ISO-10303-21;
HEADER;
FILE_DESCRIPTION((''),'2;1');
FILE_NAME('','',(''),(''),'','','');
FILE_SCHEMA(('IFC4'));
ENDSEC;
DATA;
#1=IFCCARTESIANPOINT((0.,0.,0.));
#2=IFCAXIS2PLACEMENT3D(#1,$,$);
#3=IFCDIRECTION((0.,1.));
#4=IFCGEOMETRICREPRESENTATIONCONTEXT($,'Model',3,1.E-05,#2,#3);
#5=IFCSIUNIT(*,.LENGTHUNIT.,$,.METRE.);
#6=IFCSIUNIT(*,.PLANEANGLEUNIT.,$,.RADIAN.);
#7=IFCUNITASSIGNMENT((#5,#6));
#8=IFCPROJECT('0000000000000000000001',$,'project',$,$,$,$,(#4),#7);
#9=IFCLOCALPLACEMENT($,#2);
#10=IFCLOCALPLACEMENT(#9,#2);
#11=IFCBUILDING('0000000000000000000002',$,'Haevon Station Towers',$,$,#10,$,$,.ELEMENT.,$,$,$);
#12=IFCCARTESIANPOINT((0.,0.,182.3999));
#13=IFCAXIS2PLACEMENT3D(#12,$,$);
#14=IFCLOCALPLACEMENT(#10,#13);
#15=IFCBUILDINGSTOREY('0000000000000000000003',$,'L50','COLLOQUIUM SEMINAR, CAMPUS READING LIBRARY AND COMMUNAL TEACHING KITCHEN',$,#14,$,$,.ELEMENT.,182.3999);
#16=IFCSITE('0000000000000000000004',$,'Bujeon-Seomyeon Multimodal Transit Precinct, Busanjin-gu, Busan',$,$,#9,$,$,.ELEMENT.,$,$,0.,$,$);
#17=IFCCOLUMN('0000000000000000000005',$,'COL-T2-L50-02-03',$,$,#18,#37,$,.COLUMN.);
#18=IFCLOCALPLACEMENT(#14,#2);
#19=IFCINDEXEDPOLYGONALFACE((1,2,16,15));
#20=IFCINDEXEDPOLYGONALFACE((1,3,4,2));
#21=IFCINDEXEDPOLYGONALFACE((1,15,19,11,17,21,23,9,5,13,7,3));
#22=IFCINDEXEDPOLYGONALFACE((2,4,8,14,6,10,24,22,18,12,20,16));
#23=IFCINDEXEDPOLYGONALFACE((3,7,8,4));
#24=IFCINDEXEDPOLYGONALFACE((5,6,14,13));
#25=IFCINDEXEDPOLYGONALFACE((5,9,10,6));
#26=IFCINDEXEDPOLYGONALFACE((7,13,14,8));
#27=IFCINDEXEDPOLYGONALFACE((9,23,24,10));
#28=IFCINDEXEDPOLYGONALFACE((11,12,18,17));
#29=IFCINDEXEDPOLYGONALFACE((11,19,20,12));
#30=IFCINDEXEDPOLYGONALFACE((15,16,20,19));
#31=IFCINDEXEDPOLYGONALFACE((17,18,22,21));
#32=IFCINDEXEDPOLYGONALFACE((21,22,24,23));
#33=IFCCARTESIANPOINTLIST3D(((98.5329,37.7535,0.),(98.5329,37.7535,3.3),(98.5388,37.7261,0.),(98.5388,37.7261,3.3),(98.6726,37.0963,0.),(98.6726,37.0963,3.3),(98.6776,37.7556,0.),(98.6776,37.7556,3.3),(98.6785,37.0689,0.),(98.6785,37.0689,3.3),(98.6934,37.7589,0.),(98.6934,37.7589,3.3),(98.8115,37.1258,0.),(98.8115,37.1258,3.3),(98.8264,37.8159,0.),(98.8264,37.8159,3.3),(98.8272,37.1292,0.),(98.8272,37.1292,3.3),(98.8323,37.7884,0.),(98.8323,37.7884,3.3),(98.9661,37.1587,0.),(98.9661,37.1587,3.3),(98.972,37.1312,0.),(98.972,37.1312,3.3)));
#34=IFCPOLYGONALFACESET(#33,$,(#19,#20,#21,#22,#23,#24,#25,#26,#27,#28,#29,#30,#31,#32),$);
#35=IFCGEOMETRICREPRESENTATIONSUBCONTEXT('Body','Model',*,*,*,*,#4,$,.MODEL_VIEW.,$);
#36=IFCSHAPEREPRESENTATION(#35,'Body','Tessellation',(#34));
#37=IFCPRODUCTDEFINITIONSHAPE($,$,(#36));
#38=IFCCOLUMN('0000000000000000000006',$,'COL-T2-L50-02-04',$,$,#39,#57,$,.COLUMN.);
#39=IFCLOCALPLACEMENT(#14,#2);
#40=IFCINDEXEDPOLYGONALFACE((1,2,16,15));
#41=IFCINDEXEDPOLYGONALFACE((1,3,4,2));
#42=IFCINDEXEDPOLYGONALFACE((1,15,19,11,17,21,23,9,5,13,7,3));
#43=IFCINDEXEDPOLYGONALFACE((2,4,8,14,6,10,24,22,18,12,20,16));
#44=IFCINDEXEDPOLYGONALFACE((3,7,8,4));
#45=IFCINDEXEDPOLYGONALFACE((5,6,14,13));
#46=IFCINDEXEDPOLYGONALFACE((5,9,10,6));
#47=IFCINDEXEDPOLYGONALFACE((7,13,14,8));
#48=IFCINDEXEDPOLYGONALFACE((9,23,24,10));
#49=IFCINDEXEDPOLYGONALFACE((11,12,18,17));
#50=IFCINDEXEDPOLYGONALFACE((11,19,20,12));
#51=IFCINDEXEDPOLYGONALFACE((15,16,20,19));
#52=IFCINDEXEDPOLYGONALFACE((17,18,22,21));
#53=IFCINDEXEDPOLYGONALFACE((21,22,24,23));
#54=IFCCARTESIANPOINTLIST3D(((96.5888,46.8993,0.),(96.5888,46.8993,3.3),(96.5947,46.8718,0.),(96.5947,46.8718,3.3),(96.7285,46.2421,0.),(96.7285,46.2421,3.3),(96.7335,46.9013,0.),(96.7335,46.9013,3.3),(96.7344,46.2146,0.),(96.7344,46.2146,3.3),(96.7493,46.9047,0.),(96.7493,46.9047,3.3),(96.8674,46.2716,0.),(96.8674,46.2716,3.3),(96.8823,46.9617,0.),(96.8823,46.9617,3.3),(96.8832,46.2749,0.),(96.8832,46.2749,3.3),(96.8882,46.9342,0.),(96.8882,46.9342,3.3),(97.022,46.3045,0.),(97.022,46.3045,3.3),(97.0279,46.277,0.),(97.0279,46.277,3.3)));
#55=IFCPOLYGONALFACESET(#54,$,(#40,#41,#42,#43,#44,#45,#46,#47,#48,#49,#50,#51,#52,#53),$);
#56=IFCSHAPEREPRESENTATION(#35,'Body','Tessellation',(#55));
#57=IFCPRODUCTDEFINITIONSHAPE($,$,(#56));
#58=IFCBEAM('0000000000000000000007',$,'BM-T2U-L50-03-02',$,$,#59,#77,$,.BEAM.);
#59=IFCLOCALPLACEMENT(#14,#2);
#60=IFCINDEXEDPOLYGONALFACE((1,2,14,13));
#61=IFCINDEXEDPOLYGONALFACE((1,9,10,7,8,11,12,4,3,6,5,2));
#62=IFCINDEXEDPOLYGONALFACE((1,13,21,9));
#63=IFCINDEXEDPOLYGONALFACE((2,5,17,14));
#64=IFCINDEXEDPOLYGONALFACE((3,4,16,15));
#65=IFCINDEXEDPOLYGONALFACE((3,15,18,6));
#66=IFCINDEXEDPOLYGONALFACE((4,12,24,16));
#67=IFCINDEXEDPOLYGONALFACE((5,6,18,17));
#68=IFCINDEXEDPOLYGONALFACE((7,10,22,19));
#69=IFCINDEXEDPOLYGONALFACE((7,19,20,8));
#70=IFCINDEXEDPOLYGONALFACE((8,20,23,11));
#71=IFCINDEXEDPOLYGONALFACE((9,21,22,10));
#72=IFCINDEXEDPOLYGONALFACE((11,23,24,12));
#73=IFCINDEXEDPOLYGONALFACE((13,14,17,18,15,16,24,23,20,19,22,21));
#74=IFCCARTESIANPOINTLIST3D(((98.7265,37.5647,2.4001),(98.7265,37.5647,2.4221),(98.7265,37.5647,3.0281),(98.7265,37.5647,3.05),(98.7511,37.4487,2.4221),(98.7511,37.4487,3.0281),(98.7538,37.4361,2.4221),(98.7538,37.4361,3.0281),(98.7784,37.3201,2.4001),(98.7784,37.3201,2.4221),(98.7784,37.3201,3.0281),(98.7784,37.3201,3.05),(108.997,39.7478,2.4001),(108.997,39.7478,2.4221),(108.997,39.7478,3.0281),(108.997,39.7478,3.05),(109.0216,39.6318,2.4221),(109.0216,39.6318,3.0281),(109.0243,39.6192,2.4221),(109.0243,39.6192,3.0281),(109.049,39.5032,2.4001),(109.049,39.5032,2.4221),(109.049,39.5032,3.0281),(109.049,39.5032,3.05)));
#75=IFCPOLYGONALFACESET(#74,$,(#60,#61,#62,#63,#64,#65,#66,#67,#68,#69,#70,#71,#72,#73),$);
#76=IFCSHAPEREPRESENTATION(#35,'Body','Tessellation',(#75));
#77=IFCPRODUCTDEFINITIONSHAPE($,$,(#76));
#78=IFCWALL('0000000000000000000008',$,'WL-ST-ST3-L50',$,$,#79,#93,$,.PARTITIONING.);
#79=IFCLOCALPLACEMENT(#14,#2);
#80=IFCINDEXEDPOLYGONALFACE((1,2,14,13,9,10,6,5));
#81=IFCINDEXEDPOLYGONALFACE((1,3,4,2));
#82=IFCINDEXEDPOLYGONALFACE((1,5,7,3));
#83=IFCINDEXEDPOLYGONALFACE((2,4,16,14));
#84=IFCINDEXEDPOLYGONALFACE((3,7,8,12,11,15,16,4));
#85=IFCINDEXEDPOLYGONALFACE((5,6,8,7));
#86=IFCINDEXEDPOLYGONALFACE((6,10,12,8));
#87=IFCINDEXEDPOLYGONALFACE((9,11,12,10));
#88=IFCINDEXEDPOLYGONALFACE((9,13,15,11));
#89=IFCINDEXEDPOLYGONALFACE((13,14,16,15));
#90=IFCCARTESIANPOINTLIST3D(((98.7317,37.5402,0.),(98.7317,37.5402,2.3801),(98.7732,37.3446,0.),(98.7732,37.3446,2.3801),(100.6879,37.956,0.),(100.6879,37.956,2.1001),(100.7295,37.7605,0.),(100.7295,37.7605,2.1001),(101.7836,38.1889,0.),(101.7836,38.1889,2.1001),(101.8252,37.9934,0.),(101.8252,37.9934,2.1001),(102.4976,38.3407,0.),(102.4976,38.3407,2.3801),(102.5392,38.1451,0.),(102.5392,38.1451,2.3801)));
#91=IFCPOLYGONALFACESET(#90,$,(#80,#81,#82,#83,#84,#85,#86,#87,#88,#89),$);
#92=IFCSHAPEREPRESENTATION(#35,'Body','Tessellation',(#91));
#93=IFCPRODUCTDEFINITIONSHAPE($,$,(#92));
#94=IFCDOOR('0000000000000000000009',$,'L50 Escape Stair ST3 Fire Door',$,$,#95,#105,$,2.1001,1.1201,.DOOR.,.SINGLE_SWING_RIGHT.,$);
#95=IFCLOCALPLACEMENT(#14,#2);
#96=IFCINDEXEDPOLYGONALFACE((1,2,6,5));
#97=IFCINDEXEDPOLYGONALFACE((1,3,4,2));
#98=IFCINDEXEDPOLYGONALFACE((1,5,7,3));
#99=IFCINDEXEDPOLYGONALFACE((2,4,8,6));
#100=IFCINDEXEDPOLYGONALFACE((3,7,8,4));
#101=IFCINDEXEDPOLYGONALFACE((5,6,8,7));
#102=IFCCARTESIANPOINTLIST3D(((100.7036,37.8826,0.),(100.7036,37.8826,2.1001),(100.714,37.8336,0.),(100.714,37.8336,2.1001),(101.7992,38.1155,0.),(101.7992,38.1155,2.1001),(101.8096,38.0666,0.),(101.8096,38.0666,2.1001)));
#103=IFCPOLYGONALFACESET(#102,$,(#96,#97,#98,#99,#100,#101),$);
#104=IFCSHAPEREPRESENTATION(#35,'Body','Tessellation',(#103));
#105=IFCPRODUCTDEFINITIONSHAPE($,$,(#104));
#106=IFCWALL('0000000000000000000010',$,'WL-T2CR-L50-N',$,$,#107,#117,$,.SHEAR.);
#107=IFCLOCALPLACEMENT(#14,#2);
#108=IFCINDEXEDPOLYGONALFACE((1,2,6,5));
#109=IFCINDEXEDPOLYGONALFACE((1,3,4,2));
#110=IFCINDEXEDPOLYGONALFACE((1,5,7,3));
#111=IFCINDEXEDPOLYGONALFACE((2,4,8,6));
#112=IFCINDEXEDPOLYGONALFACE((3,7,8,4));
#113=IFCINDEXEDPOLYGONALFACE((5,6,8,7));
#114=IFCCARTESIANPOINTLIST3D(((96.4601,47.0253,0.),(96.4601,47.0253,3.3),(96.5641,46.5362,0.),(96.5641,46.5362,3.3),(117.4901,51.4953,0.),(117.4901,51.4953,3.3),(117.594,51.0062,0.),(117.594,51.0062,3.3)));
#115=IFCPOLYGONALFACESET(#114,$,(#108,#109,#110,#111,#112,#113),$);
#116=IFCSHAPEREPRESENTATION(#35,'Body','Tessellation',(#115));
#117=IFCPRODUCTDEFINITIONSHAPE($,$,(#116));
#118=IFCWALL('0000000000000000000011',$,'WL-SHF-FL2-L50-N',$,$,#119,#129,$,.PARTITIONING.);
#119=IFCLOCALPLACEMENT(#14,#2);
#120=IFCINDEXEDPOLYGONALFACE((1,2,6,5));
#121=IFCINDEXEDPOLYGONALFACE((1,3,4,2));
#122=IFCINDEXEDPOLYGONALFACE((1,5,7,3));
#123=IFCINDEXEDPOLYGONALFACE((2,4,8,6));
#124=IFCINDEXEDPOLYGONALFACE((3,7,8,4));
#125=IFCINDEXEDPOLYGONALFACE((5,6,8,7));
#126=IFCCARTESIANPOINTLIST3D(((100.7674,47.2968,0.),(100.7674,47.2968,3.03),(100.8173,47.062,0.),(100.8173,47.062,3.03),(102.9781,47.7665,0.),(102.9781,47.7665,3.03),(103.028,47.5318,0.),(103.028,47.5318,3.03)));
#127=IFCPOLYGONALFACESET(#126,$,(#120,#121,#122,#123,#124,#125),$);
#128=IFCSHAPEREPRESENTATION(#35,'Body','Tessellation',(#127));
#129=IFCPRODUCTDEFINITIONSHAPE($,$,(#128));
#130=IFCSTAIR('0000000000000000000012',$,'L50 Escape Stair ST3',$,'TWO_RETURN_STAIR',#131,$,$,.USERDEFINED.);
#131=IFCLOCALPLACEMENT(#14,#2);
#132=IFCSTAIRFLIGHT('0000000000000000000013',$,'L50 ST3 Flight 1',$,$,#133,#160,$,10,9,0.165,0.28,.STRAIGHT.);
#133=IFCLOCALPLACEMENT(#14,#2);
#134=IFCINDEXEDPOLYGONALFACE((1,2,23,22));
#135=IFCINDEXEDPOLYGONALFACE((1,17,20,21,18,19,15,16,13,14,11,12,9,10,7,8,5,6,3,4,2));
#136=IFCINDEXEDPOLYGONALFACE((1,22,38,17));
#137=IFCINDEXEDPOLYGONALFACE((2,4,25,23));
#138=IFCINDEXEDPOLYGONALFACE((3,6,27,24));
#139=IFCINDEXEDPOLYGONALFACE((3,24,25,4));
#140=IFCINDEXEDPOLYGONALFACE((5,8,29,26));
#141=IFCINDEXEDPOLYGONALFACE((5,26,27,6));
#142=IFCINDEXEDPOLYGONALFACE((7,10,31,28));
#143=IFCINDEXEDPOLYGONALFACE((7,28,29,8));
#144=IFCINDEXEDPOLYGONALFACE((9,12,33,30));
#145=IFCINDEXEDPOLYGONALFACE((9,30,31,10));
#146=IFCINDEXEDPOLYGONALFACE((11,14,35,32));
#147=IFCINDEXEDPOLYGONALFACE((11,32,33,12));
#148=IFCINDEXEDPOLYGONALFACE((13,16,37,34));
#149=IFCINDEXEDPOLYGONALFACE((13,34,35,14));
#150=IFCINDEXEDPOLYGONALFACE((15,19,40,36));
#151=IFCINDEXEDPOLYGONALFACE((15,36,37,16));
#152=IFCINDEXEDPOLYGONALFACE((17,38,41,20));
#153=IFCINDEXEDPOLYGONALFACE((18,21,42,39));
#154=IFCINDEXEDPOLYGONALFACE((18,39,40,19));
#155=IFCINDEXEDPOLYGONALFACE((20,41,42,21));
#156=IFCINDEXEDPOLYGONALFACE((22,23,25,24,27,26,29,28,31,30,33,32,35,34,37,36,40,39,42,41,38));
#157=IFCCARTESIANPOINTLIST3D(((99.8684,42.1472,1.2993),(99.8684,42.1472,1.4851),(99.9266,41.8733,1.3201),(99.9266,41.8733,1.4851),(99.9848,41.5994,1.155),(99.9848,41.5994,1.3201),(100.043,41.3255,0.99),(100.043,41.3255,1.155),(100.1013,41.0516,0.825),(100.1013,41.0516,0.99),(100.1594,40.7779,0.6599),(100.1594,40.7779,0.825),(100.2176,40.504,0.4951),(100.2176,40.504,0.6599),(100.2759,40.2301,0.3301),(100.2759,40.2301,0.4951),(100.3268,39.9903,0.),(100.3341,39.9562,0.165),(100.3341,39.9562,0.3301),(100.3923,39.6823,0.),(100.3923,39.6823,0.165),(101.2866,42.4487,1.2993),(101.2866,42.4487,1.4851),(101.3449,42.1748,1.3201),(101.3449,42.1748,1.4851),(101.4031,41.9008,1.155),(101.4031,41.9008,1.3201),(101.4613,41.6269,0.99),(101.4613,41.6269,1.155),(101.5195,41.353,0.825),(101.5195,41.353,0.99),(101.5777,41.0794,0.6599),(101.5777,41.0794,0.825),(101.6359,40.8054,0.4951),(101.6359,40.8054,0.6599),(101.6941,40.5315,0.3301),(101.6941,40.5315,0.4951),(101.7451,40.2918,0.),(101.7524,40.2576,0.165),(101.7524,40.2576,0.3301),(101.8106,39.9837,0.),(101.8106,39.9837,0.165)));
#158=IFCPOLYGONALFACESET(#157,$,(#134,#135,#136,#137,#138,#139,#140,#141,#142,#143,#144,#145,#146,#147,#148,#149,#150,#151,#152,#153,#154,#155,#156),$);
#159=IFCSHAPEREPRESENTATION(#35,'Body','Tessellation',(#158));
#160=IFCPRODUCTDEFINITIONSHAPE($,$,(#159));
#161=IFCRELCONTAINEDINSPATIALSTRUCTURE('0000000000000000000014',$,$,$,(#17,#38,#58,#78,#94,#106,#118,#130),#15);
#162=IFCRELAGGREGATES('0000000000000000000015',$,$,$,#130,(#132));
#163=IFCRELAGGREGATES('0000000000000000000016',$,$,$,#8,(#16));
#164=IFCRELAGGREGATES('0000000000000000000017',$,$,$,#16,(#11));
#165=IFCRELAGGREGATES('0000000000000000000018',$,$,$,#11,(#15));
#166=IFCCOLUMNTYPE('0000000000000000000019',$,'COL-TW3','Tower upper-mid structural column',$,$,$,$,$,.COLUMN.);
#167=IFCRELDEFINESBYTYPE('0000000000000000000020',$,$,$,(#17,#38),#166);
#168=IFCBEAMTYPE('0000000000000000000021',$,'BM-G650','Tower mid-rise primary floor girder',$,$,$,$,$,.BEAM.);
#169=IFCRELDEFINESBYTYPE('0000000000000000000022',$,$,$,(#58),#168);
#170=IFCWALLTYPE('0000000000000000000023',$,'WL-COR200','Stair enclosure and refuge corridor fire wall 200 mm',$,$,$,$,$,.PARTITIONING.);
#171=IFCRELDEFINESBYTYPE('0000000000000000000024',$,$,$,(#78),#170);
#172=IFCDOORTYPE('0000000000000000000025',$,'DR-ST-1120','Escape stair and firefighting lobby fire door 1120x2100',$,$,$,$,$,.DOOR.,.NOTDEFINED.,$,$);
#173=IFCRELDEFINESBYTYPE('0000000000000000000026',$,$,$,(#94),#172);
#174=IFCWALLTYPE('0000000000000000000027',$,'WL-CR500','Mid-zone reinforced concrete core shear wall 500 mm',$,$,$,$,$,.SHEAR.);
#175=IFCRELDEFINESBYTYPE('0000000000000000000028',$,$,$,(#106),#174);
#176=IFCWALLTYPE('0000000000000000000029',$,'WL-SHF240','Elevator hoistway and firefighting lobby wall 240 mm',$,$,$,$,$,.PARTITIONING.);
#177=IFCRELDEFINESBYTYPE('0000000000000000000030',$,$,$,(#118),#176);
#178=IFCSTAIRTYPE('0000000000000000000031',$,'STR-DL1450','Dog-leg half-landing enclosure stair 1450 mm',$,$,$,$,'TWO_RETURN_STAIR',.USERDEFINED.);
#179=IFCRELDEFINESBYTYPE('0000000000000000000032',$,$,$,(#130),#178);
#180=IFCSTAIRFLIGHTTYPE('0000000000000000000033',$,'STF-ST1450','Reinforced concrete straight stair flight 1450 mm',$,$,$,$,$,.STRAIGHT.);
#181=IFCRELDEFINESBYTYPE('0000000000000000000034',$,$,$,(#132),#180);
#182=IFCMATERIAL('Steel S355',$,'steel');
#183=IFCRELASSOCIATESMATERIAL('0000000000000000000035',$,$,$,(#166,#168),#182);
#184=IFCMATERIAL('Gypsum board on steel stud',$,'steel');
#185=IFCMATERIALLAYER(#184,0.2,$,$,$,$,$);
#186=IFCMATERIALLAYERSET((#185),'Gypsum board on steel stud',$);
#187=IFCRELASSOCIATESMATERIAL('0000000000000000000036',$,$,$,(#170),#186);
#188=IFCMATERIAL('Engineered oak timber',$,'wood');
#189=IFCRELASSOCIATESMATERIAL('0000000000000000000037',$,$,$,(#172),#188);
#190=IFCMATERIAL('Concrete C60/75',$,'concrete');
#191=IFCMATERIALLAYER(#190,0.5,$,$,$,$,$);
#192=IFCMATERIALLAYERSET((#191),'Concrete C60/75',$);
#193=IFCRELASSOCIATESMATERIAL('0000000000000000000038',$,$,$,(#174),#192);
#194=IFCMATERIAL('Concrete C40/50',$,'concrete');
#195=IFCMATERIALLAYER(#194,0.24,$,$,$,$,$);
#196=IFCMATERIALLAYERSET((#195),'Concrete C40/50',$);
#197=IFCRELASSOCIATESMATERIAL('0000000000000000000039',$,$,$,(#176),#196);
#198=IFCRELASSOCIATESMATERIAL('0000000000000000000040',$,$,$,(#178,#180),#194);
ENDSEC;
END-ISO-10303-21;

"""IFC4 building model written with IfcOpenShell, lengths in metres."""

from ifc_helpers import new_model, si_unit, direction, frame, frame_2d, origin, origin_2d, place, context, subcontext, project, spatial, polyline, rectangle, i_section, outline, extrude, material, layer, layer_set, material_profile, profile_set, type_object, element, fill, aggregate, save


model = new_model("IFC4")

# Units and contexts
model_context = context("Model", 3, precision=1e-05, world=origin(), true_north=direction((0.0, 1.0)))
body_context = subcontext(model_context, "Body", "Model", "MODEL_VIEW")
ifc_project = project(units=[si_unit("LENGTHUNIT", "METRE"), si_unit("PLANEANGLEUNIT", "RADIAN")], contexts=[model_context])

# Site, building, storey
site_placement = place(None, origin())
site = spatial("IfcSite", under=ifc_project, at=site_placement, Name="Bujeon-Seomyeon Multimodal Transit Precinct, Busanjin-gu, Busan", CompositionType="ELEMENT", RefElevation=0.0)
building_placement = place(site_placement, origin())
building = spatial("IfcBuilding", under=site, at=building_placement, Name="Haevon Station Towers", CompositionType="ELEMENT")
storey_placement = place(building_placement, frame((0.0, 0.0, 182.3999)))
storey = spatial("IfcBuildingStorey", under=building, at=storey_placement, Name="L50", Description="COLLOQUIUM SEMINAR, CAMPUS READING LIBRARY AND COMMUNAL TEACHING KITCHEN", CompositionType="ELEMENT", Elevation=182.3999)

# Columns
ifc_material_1 = material(Name="Steel S355", Category="steel")
ifc_material_profile_1 = material_profile(ifc_material_1, i_section(OverallWidth=0.3, OverallDepth=0.7, WebThickness=0.0161, FlangeThickness=0.0281, at=origin_2d()), Name="H-700x300x16x28")
ifc_profile_set_1 = profile_set([ifc_material_profile_1], Name="Steel S355")
column_type = type_object("IfcColumnType", Name="COL-TW3", Description="Tower upper-mid structural column", PredefinedType="COLUMN", material=ifc_profile_set_1)
for number, where, z_axis, x_axis, name in (
    (1, (98.7524, 37.4424, 0.0), (0.0, 0.0, 1.0), (0.978148, 0.207912, 0.0), "COL-T2-L50-02-03"),
    (2, (96.8083, 46.5881, 0.0), (0.0, 0.0, 1.0), (0.978148, 0.207912, 0.0), "COL-T2-L50-02-04"),
):
    element("IfcColumn", number, at=place(storey_placement, frame(where, z_axis=z_axis, x_axis=x_axis)), inside=storey, type_object=column_type, Name=name, PredefinedType="COLUMN", context=body_context, shape_type="SweptSolid", body=[
        extrude(i_section(OverallWidth=0.3, OverallDepth=0.7, WebThickness=0.0161, FlangeThickness=0.0281, at=origin_2d()), origin(), (0.0, 0.0, 1.0), 3.3),
    ])

# Beam
ifc_material_profile_2 = material_profile(ifc_material_1, i_section(OverallWidth=0.25, OverallDepth=0.6499, WebThickness=0.0129, FlangeThickness=0.022, at=origin_2d()), Name="H-650x250x13x22")
ifc_profile_set_2 = profile_set([ifc_material_profile_2], Name="Steel S355")
beam_type = type_object("IfcBeamType", Name="BM-G650", Description="Tower mid-rise primary floor girder", PredefinedType="BEAM", material=ifc_profile_set_2)
beam_placement = place(storey_placement, frame((98.7524, 37.4424, 2.7251), z_axis=(0.978147, 0.207915, 0.0), x_axis=(-0.207915, 0.978147, 0.0)))
element("IfcBeam", 3, at=beam_placement, inside=storey, type_object=beam_type, Name="BM-T2U-L50-03-02", PredefinedType="BEAM", context=body_context, shape_type="SweptSolid", body=[
    extrude(i_section(OverallWidth=0.25, OverallDepth=0.6499, WebThickness=0.0129, FlangeThickness=0.022, at=origin_2d()), origin(), (0.0, 0.0, 1.0), 10.5),
])

# Wall, opening, door
ifc_material_2 = material(Name="Gypsum board on steel stud", Category="steel")
ifc_layer_1 = layer(ifc_material_2, 0.2)
ifc_layer_set_1 = layer_set([ifc_layer_1], Name="Gypsum board on steel stud")
wall_type_1 = type_object("IfcWallType", Name="WL-COR200", Description="Stair enclosure and refuge corridor fire wall 200 mm", PredefinedType="PARTITIONING", material=ifc_layer_set_1)
wall_1_placement = place(storey_placement, frame((98.7524, 37.4424, 0.0), z_axis=(0.0, 0.0, 1.0), x_axis=(0.978144, 0.207931, 0.0)))
wall_1 = element("IfcWall", 4, at=wall_1_placement, inside=storey, type_object=wall_type_1, Name="WL-ST-ST3-L50", PredefinedType="PARTITIONING", context=body_context, shape_type="SweptSolid", body=[
    extrude(rectangle(XDim=3.8501, YDim=0.2, at=frame_2d((1.925, 0.0))), origin(), (0.0, 0.0, 1.0), 2.3801),
])
opening_1_placement = place(wall_1_placement, frame((2.0, 0.0, 0.0)))
opening_1 = element("IfcOpeningElement", 5, at=opening_1_placement, cuts=wall_1, PredefinedType="OPENING", context=body_context, shape_type="SweptSolid", body=[
    extrude(rectangle(XDim=1.1201, YDim=2.1001, at=frame_2d((0.5601, 1.05))), frame((0.0, 0.1099, 0.0), z_axis=(0.0, -1.0, 0.0), x_axis=(1.0, 0.0, 0.0)), (0.0, 0.0, 1.0), 0.22),
])
ifc_material_3 = material(Name="Engineered oak timber", Category="wood")
door_type_1 = type_object("IfcDoorType", Name="DR-ST-1120", Description="Escape stair and firefighting lobby fire door 1120x2100", OperationType="NOTDEFINED", PredefinedType="DOOR", material=ifc_material_3)
door_1_placement = place(opening_1_placement, origin())
door_1 = element("IfcDoor", 6, at=door_1_placement, inside=storey, type_object=door_type_1, Name="L50 Escape Stair ST3 Fire Door", OperationType="SINGLE_SWING_RIGHT", OverallHeight=2.1001, OverallWidth=1.1201, PredefinedType="DOOR", context=body_context, shape_type="SweptSolid", body=[
    extrude(rectangle(XDim=1.1201, YDim=2.1001, at=frame_2d((0.5601, 1.05))), frame((0.0, 0.0249, 0.0), z_axis=(0.0, -1.0, 0.0), x_axis=(1.0, 0.0, 0.0)), (0.0, 0.0, 1.0), 0.05),
])
fill(opening_1, door_1)

# Wall
ifc_material_4 = material(Name="Concrete C60/75", Category="concrete")
ifc_layer_2 = layer(ifc_material_4, 0.5)
ifc_layer_set_2 = layer_set([ifc_layer_2], Name="Concrete C60/75")
wall_type_2 = type_object("IfcWallType", Name="WL-CR500", Description="Mid-zone reinforced concrete core shear wall 500 mm", PredefinedType="SHEAR", material=ifc_layer_set_2)
wall_2_placement = place(storey_placement, frame((96.512, 46.7808, 0.0), z_axis=(0.0, 0.0, 1.0), x_axis=(0.978149, 0.207907, 0.0)))
element("IfcWall", 7, at=wall_2_placement, inside=storey, type_object=wall_type_2, Name="WL-T2CR-L50-N", PredefinedType="SHEAR", context=body_context, shape_type="SweptSolid", body=[
    extrude(rectangle(XDim=21.4998, YDim=0.5, at=frame_2d((10.75, 0.0))), origin(), (0.0, 0.0, 1.0), 3.3),
])

# Shared definitions
ifc_material_5 = material(Name="Concrete C40/50", Category="concrete")
ifc_layer_3 = layer(ifc_material_5, 0.24)
ifc_layer_set_3 = layer_set([ifc_layer_3], Name="Concrete C40/50")
wall_type_3 = type_object("IfcWallType", Name="WL-SHF240", Description="Elevator hoistway and firefighting lobby wall 240 mm", PredefinedType="PARTITIONING", material=ifc_layer_set_3)

# Wall
wall_3_placement = place(storey_placement, frame((100.7925, 47.1794, 0.0), z_axis=(0.0, 0.0, 1.0), x_axis=(0.978163, 0.207839, 0.0)))
element("IfcWall", 8, at=wall_3_placement, inside=storey, type_object=wall_type_3, Name="WL-SHF-FL2-L50-N", PredefinedType="PARTITIONING", context=body_context, shape_type="SweptSolid", body=[
    extrude(rectangle(XDim=2.26, YDim=0.24, at=frame_2d((1.1299, 0.0))), origin(), (0.0, 0.0, 1.0), 3.03),
])

# Stair, stair flight
stair_type = type_object("IfcStairType", Name="STR-DL1450", Description="Dog-leg half-landing enclosure stair 1450 mm", ElementType="TWO_RETURN_STAIR", PredefinedType="USERDEFINED", material=ifc_material_5)
stair_placement = place(storey_placement, origin())
stair = element("IfcStair", 9, at=stair_placement, inside=storey, type_object=stair_type, Name="L50 Escape Stair ST3", ObjectType="TWO_RETURN_STAIR", PredefinedType="USERDEFINED")
stair_flight_type = type_object("IfcStairFlightType", Name="STF-ST1450", Description="Reinforced concrete straight stair flight 1450 mm", PredefinedType="STRAIGHT", material=ifc_material_5)
stair_flight_1_placement = place(storey_placement, frame((101.1016, 39.833, 0.0), z_axis=(0.0, 0.0, 1.0), x_axis=(-0.207912, 0.978148, 0.0)))
stair_flight_1 = element("IfcStairFlight", 10, at=stair_flight_1_placement, type_object=stair_flight_type, Name="L50 ST3 Flight 1", NumberOfRisers=10, NumberOfTreads=9, PredefinedType="STRAIGHT", RiserHeight=0.165, TreadLength=0.28, context=body_context, shape_type="SweptSolid", body=[
    extrude(outline(polyline([(0.0, 0.0), (0.0, 0.165), (0.28, 0.165), (0.28, 0.3301), (0.5601, 0.3301), (0.5601, 0.4951), (0.8401, 0.4951), (0.8401, 0.6599), (1.1201, 0.6599), (1.1201, 0.825), (1.3999, 0.825), (1.3999, 0.99), (1.6799, 0.99), (1.6799, 1.155), (1.96, 1.155), (1.96, 1.3201), (2.24, 1.3201), (2.24, 1.4851), (2.52, 1.4851), (2.52, 1.6499), (2.52, 1.2993), (0.3149, 0.0), (0.0, 0.0)])), frame((0.0, 0.7251, 0.0), z_axis=(0.0, -1.0, 0.0), x_axis=(1.0, 0.0, 0.0)), (0.0, 0.0, 1.0), 1.45),
])
aggregate(stair, [stair_flight_1])

save(model, "model.ifc")
